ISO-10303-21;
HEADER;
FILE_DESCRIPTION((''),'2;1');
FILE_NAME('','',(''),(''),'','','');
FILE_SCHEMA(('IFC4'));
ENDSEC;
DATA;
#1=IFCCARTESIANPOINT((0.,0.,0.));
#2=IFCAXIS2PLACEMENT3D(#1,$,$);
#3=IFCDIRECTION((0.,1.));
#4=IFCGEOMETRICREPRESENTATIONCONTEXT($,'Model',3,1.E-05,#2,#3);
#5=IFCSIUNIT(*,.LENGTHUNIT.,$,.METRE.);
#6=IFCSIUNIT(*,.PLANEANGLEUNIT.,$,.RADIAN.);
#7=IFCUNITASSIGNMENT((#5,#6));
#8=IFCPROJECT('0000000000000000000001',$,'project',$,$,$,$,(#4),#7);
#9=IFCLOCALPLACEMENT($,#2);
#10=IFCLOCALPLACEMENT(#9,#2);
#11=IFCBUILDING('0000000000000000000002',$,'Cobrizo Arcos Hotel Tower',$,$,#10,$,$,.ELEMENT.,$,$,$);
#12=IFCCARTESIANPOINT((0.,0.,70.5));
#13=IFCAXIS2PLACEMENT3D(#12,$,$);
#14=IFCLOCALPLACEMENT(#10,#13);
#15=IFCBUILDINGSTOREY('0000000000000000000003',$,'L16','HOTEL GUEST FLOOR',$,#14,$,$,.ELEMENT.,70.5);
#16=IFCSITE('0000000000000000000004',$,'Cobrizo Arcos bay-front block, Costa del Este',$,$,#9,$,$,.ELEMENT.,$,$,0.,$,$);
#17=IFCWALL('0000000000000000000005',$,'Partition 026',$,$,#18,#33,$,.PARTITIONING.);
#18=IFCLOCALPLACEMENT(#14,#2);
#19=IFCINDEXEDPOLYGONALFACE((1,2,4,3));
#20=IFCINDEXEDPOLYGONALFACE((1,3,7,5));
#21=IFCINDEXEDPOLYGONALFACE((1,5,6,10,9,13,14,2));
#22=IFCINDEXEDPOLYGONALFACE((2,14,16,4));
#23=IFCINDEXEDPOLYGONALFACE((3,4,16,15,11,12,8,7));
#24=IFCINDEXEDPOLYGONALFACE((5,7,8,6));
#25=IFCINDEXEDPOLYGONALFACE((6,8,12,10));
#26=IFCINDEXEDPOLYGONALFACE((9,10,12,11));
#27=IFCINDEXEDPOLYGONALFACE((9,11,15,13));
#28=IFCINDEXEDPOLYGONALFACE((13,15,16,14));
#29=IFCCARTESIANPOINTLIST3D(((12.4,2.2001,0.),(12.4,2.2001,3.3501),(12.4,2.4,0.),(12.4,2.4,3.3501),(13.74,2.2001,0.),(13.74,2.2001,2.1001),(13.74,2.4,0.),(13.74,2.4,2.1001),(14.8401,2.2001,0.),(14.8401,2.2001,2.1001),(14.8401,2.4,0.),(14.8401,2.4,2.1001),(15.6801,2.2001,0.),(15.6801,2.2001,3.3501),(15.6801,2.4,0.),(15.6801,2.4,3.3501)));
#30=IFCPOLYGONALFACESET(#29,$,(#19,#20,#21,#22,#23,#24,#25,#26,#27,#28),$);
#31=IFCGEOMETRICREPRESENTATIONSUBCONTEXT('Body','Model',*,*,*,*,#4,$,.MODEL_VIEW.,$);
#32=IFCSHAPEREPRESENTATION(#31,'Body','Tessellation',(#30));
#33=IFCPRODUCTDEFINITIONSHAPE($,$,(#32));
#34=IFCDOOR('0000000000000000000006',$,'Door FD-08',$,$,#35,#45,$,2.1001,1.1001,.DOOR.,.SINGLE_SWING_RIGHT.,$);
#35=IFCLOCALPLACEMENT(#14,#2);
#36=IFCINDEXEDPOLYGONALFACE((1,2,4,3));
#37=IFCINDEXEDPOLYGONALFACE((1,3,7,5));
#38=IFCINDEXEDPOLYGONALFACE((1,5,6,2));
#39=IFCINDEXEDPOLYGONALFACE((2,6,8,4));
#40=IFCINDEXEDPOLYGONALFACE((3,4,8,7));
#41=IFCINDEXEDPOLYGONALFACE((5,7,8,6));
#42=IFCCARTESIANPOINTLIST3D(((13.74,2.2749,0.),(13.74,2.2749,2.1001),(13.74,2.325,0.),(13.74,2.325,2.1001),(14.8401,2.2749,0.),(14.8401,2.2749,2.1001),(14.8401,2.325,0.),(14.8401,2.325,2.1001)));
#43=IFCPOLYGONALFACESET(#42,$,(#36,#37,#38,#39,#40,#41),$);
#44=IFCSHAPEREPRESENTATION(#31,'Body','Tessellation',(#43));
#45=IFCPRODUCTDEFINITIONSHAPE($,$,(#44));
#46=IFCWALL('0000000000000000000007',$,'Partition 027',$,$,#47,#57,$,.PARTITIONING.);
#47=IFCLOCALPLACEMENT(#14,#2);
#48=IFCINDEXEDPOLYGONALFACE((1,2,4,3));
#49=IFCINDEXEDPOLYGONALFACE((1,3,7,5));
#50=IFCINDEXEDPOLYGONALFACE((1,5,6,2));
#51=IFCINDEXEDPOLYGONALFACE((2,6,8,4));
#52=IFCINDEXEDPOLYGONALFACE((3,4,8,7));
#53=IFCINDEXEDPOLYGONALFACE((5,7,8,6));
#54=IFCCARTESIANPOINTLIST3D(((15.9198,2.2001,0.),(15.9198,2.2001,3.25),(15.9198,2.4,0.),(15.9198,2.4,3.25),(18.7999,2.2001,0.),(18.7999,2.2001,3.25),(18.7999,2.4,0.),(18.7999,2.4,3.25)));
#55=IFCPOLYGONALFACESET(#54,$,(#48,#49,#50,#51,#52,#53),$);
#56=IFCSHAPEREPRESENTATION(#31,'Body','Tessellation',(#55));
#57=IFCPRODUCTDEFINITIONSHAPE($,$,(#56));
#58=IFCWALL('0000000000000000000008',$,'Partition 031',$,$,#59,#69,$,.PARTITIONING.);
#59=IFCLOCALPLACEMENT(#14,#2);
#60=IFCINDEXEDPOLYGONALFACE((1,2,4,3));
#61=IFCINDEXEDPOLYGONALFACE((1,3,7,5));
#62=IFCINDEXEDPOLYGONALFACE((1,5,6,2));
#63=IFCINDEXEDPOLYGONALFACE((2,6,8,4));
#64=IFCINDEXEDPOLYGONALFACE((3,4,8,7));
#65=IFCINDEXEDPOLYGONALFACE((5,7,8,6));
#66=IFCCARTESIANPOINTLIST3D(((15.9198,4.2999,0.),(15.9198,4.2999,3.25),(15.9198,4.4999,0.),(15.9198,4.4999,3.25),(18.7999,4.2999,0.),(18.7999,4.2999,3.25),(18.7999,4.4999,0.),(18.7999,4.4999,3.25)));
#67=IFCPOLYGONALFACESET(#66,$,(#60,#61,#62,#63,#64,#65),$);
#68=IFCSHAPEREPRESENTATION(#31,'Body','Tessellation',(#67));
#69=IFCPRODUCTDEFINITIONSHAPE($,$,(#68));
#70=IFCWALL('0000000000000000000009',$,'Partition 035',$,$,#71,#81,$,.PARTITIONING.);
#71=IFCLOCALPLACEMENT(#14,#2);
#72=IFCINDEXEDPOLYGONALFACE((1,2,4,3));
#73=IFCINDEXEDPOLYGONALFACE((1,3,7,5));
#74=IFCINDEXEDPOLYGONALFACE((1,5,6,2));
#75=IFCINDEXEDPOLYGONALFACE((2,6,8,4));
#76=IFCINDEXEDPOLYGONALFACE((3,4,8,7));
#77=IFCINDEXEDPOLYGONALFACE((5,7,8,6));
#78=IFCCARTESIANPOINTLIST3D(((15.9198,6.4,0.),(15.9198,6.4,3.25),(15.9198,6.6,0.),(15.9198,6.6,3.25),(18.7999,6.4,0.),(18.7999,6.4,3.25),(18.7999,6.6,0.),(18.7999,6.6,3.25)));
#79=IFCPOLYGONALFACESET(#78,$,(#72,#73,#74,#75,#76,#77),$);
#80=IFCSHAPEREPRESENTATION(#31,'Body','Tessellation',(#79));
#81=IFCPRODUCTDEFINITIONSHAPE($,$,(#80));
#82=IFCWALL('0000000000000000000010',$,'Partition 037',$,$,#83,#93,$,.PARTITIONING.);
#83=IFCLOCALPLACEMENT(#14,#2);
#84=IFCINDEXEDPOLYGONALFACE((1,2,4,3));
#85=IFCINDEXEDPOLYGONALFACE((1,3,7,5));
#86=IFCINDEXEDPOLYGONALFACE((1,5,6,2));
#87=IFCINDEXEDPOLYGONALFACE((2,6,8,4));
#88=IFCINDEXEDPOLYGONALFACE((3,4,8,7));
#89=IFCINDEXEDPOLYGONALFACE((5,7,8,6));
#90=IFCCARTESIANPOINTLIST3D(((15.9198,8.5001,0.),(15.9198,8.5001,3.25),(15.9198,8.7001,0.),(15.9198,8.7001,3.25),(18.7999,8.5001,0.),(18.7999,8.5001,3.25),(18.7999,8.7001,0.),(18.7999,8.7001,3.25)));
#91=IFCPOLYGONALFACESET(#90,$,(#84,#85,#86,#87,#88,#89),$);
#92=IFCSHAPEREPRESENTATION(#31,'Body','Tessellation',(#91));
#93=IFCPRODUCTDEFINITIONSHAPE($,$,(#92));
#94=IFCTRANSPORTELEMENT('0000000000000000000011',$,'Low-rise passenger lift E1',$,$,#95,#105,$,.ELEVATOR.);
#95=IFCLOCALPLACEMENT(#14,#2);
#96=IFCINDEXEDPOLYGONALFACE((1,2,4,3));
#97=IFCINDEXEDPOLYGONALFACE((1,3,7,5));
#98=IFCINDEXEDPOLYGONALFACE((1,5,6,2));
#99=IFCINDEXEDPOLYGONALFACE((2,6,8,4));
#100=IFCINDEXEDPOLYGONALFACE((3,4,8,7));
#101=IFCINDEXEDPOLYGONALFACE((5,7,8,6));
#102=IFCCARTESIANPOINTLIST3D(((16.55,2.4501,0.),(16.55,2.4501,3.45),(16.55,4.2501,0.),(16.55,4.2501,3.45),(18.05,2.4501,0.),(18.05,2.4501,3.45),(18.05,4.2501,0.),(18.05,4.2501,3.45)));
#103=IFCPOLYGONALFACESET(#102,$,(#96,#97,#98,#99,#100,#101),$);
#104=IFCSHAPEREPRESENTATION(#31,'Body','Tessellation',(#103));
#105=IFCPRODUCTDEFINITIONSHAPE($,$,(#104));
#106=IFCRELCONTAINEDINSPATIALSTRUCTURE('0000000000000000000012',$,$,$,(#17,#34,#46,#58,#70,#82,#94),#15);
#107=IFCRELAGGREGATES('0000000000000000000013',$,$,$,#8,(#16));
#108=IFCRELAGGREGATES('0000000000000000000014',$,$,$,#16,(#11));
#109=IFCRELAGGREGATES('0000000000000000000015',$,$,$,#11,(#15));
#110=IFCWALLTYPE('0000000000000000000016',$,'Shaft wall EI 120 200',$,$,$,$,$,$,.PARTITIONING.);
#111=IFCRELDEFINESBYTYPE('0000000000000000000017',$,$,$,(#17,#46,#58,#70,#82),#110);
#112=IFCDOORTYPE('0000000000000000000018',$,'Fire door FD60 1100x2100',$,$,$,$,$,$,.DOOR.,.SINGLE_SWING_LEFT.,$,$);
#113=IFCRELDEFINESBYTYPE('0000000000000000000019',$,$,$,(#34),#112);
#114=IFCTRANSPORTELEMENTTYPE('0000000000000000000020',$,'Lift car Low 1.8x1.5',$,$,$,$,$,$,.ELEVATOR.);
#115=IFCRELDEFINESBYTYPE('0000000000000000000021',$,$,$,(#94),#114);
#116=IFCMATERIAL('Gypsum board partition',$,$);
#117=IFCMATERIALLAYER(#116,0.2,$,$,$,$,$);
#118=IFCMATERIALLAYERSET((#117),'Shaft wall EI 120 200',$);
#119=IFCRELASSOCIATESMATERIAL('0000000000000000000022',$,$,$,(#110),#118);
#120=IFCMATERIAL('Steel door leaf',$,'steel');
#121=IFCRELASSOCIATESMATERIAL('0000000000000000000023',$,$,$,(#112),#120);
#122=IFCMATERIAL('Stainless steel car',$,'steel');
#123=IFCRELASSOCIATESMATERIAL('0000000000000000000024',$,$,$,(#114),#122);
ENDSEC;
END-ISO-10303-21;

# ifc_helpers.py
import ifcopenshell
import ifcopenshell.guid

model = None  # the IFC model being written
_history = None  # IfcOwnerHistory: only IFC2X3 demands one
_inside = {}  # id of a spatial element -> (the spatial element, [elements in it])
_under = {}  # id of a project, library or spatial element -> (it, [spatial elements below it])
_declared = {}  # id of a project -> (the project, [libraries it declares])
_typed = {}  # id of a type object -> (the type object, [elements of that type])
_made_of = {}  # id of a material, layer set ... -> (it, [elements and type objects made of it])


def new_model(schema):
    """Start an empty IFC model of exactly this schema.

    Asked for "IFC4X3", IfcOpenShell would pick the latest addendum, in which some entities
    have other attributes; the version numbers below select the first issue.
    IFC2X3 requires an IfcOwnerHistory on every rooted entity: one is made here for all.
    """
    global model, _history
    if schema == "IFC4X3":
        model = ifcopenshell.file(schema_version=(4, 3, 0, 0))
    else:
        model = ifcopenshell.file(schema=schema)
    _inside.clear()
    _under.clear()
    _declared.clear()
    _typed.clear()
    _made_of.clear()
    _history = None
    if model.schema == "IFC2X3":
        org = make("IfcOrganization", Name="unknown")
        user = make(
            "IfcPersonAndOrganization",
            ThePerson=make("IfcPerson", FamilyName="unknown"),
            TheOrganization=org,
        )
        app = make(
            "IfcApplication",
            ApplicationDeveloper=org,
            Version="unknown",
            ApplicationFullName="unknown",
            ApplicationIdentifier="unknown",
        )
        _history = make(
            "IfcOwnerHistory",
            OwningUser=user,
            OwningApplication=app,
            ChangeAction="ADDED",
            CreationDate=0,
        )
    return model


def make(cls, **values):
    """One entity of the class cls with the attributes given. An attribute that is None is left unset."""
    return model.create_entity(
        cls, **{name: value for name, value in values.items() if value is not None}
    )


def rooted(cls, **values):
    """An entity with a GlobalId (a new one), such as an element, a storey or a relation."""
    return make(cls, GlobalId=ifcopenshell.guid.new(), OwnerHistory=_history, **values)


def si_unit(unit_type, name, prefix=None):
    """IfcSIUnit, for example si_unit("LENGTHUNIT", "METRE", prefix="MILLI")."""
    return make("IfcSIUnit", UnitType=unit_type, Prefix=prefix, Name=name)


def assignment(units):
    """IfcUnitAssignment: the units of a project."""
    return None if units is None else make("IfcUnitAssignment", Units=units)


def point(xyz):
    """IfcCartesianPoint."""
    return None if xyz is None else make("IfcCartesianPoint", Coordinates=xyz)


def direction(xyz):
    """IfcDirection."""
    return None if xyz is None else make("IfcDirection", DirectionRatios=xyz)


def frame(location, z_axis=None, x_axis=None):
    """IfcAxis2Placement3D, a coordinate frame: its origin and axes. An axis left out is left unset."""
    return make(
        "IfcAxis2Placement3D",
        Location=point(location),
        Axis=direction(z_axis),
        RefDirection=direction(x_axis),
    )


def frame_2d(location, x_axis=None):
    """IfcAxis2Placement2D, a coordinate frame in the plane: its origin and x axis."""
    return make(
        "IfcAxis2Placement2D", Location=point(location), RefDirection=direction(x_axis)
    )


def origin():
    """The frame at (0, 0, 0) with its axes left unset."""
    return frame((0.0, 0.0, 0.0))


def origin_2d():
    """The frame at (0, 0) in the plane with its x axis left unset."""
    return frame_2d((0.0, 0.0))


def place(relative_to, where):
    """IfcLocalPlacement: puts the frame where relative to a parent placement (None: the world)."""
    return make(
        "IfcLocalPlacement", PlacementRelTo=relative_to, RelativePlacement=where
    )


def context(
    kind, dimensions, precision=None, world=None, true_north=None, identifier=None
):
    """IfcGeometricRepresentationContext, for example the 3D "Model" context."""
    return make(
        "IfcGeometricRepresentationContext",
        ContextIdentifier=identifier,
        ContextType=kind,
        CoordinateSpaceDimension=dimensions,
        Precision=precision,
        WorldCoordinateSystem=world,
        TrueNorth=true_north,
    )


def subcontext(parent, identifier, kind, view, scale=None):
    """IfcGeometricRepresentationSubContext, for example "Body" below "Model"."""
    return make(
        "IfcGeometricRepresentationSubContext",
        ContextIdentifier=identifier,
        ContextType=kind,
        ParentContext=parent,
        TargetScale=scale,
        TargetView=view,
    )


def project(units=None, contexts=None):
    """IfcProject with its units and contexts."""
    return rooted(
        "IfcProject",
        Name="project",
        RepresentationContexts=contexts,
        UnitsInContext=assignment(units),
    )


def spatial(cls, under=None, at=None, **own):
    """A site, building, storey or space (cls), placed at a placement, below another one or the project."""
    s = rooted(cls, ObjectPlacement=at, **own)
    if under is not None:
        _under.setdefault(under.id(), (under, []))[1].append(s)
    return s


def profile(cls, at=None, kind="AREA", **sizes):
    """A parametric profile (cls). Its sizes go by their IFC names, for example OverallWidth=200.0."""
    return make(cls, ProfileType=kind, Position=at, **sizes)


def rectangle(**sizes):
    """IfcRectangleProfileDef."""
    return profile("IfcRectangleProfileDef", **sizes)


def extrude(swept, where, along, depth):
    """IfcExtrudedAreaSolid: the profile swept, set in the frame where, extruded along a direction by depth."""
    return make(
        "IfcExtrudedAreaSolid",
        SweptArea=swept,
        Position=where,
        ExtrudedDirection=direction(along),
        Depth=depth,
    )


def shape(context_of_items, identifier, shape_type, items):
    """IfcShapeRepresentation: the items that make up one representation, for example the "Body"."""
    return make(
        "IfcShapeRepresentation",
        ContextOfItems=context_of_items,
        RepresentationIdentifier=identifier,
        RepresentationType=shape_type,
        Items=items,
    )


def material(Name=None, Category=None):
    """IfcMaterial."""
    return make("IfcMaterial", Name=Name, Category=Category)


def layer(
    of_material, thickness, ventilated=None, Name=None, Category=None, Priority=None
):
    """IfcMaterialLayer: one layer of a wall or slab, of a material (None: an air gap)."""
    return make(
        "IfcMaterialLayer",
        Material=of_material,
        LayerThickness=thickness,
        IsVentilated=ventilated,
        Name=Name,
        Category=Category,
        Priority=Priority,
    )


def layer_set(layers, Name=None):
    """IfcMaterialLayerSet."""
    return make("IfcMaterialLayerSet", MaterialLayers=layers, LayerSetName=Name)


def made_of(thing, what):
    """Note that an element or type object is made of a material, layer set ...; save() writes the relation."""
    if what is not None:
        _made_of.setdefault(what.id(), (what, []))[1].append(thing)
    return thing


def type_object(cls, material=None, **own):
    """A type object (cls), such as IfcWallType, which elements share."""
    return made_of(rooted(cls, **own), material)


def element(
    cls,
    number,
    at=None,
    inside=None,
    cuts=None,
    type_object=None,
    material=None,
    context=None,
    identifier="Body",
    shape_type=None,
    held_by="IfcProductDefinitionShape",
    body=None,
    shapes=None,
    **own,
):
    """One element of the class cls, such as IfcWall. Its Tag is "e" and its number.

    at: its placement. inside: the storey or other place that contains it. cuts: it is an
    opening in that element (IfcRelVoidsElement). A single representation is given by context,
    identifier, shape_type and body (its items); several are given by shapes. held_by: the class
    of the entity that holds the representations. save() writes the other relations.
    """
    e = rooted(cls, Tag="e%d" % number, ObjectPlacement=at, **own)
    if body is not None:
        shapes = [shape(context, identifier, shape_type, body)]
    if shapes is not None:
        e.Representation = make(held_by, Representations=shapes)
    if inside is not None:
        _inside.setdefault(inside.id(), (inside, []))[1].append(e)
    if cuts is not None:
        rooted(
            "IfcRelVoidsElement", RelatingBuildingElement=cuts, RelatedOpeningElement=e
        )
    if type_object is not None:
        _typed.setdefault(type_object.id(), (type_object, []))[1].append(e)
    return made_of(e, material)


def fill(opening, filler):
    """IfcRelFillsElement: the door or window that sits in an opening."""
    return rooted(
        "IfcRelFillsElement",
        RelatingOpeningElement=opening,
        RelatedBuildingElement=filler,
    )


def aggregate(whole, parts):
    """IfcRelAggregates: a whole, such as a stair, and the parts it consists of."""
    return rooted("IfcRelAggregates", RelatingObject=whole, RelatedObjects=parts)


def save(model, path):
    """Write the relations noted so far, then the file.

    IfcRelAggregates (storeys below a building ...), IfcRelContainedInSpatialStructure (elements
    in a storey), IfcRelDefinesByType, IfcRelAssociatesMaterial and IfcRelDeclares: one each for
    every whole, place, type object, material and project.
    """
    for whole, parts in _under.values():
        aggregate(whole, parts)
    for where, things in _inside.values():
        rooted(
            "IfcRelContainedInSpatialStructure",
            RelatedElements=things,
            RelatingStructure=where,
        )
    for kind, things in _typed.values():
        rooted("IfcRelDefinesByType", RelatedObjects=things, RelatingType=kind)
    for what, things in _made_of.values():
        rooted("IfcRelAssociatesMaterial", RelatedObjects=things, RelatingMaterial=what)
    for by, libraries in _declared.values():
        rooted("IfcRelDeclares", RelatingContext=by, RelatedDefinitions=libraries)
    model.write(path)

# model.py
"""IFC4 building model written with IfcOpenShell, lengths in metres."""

from ifc_helpers import new_model, si_unit, direction, frame, frame_2d, origin, origin_2d, place, context, subcontext, project, spatial, rectangle, extrude, material, layer, layer_set, type_object, element, fill, save


model = new_model("IFC4")

# Units and contexts
model_context = context("Model", 3, precision=1e-05, world=origin(), true_north=direction((0.0, 1.0)))
body_context = subcontext(model_context, "Body", "Model", "MODEL_VIEW")
ifc_project = project(units=[si_unit("LENGTHUNIT", "METRE"), si_unit("PLANEANGLEUNIT", "RADIAN")], contexts=[model_context])

# Site, building, storey
site_placement = place(None, origin())
site = spatial("IfcSite", under=ifc_project, at=site_placement, Name="Cobrizo Arcos bay-front block, Costa del Este", CompositionType="ELEMENT", RefElevation=0.0)
building_placement = place(site_placement, origin())
building = spatial("IfcBuilding", under=site, at=building_placement, Name="Cobrizo Arcos Hotel Tower", CompositionType="ELEMENT")
storey_placement = place(building_placement, frame((0.0, 0.0, 70.5)))
storey = spatial("IfcBuildingStorey", under=building, at=storey_placement, Name="L16", Description="HOTEL GUEST FLOOR", CompositionType="ELEMENT", Elevation=70.5)

# Shared definitions
ifc_material_1 = material(Name="Gypsum board partition")

# Shared definitions
ifc_layer_1 = layer(ifc_material_1, 0.2)
ifc_layer_set_1 = layer_set([ifc_layer_1], Name="Shaft wall EI 120 200")
wall_type_1 = type_object("IfcWallType", Name="Shaft wall EI 120 200", PredefinedType="PARTITIONING", material=ifc_layer_set_1)

# Wall, opening, door
wall_1_placement = place(storey_placement, frame((12.3999, 2.3, 0.0), z_axis=(0.0, 0.0, 1.0), x_axis=(1.0, 0.0, 0.0)))
wall_1 = element("IfcWall", 1, at=wall_1_placement, inside=storey, type_object=wall_type_1, Name="Partition 026", PredefinedType="PARTITIONING", context=body_context, shape_type="SweptSolid", body=[
    extrude(rectangle(XDim=3.28, YDim=0.2, at=frame_2d((1.6401, 0.0))), origin(), (0.0, 0.0, 1.0), 3.3501),
])
opening_1_placement = place(wall_1_placement, frame((1.3401, 0.0, 0.0)))
opening_1 = element("IfcOpeningElement", 2, at=opening_1_placement, cuts=wall_1, PredefinedType="OPENING", context=body_context, shape_type="SweptSolid", body=[
    extrude(rectangle(XDim=1.1001, YDim=2.1001, at=frame_2d((0.55, 1.05))), frame((0.0, 0.1121, 0.0), z_axis=(0.0, -1.0, 0.0), x_axis=(1.0, 0.0, 0.0)), (0.0, 0.0, 1.0), 0.2239),
])
ifc_material_2 = material(Name="Steel door leaf", Category="steel")
door_type_1 = type_object("IfcDoorType", Name="Fire door FD60 1100x2100", OperationType="SINGLE_SWING_LEFT", PredefinedType="DOOR", material=ifc_material_2)
door_1_placement = place(opening_1_placement, origin())
door_1 = element("IfcDoor", 3, at=door_1_placement, inside=storey, type_object=door_type_1, Name="Door FD-08", OperationType="SINGLE_SWING_RIGHT", OverallHeight=2.1001, OverallWidth=1.1001, PredefinedType="DOOR", context=body_context, shape_type="SweptSolid", body=[
    extrude(rectangle(XDim=1.1001, YDim=2.1001, at=frame_2d((0.55, 1.05))), frame((0.0, 0.0249, 0.0), z_axis=(0.0, -1.0, 0.0), x_axis=(1.0, 0.0, 0.0)), (0.0, 0.0, 1.0), 0.05),
])
fill(opening_1, door_1)

# Walls
for number, where, z_axis, x_axis, name in (
    (4, (15.9199, 2.3, 0.0), (0.0, 0.0, 1.0), (1.0, 0.0, 0.0), "Partition 027"),
    (5, (15.9199, 4.3999, 0.0), (0.0, 0.0, 1.0), (1.0, 0.0, 0.0), "Partition 031"),
    (6, (15.9199, 6.5, 0.0), (0.0, 0.0, 1.0), (1.0, 0.0, 0.0), "Partition 035"),
    (7, (15.9199, 8.6001, 0.0), (0.0, 0.0, 1.0), (1.0, 0.0, 0.0), "Partition 037"),
):
    element("IfcWall", number, at=place(storey_placement, frame(where, z_axis=z_axis, x_axis=x_axis)), inside=storey, type_object=wall_type_1, Name=name, PredefinedType="PARTITIONING", context=body_context, shape_type="SweptSolid", body=[
        extrude(rectangle(XDim=2.8801, YDim=0.2, at=frame_2d((1.4399, 0.0))), origin(), (0.0, 0.0, 1.0), 3.25),
    ])

# Transport element
ifc_material_3 = material(Name="Stainless steel car", Category="steel")
transport_element_type = type_object("IfcTransportElementType", Name="Lift car Low 1.8x1.5", PredefinedType="ELEVATOR", material=ifc_material_3)
transport_element_placement = place(storey_placement, frame((17.3, 3.3501, 0.0), z_axis=(0.0, 0.0, 1.0), x_axis=(1.0, 0.0, 0.0)))
element("IfcTransportElement", 8, at=transport_element_placement, inside=storey, type_object=transport_element_type, Name="Low-rise passenger lift E1", PredefinedType="ELEVATOR", context=body_context, shape_type="SweptSolid", body=[
    extrude(rectangle(XDim=1.5, YDim=1.8, at=origin_2d()), origin(), (0.0, 0.0, 1.0), 3.45),
])

save(model, "model.ifc")
